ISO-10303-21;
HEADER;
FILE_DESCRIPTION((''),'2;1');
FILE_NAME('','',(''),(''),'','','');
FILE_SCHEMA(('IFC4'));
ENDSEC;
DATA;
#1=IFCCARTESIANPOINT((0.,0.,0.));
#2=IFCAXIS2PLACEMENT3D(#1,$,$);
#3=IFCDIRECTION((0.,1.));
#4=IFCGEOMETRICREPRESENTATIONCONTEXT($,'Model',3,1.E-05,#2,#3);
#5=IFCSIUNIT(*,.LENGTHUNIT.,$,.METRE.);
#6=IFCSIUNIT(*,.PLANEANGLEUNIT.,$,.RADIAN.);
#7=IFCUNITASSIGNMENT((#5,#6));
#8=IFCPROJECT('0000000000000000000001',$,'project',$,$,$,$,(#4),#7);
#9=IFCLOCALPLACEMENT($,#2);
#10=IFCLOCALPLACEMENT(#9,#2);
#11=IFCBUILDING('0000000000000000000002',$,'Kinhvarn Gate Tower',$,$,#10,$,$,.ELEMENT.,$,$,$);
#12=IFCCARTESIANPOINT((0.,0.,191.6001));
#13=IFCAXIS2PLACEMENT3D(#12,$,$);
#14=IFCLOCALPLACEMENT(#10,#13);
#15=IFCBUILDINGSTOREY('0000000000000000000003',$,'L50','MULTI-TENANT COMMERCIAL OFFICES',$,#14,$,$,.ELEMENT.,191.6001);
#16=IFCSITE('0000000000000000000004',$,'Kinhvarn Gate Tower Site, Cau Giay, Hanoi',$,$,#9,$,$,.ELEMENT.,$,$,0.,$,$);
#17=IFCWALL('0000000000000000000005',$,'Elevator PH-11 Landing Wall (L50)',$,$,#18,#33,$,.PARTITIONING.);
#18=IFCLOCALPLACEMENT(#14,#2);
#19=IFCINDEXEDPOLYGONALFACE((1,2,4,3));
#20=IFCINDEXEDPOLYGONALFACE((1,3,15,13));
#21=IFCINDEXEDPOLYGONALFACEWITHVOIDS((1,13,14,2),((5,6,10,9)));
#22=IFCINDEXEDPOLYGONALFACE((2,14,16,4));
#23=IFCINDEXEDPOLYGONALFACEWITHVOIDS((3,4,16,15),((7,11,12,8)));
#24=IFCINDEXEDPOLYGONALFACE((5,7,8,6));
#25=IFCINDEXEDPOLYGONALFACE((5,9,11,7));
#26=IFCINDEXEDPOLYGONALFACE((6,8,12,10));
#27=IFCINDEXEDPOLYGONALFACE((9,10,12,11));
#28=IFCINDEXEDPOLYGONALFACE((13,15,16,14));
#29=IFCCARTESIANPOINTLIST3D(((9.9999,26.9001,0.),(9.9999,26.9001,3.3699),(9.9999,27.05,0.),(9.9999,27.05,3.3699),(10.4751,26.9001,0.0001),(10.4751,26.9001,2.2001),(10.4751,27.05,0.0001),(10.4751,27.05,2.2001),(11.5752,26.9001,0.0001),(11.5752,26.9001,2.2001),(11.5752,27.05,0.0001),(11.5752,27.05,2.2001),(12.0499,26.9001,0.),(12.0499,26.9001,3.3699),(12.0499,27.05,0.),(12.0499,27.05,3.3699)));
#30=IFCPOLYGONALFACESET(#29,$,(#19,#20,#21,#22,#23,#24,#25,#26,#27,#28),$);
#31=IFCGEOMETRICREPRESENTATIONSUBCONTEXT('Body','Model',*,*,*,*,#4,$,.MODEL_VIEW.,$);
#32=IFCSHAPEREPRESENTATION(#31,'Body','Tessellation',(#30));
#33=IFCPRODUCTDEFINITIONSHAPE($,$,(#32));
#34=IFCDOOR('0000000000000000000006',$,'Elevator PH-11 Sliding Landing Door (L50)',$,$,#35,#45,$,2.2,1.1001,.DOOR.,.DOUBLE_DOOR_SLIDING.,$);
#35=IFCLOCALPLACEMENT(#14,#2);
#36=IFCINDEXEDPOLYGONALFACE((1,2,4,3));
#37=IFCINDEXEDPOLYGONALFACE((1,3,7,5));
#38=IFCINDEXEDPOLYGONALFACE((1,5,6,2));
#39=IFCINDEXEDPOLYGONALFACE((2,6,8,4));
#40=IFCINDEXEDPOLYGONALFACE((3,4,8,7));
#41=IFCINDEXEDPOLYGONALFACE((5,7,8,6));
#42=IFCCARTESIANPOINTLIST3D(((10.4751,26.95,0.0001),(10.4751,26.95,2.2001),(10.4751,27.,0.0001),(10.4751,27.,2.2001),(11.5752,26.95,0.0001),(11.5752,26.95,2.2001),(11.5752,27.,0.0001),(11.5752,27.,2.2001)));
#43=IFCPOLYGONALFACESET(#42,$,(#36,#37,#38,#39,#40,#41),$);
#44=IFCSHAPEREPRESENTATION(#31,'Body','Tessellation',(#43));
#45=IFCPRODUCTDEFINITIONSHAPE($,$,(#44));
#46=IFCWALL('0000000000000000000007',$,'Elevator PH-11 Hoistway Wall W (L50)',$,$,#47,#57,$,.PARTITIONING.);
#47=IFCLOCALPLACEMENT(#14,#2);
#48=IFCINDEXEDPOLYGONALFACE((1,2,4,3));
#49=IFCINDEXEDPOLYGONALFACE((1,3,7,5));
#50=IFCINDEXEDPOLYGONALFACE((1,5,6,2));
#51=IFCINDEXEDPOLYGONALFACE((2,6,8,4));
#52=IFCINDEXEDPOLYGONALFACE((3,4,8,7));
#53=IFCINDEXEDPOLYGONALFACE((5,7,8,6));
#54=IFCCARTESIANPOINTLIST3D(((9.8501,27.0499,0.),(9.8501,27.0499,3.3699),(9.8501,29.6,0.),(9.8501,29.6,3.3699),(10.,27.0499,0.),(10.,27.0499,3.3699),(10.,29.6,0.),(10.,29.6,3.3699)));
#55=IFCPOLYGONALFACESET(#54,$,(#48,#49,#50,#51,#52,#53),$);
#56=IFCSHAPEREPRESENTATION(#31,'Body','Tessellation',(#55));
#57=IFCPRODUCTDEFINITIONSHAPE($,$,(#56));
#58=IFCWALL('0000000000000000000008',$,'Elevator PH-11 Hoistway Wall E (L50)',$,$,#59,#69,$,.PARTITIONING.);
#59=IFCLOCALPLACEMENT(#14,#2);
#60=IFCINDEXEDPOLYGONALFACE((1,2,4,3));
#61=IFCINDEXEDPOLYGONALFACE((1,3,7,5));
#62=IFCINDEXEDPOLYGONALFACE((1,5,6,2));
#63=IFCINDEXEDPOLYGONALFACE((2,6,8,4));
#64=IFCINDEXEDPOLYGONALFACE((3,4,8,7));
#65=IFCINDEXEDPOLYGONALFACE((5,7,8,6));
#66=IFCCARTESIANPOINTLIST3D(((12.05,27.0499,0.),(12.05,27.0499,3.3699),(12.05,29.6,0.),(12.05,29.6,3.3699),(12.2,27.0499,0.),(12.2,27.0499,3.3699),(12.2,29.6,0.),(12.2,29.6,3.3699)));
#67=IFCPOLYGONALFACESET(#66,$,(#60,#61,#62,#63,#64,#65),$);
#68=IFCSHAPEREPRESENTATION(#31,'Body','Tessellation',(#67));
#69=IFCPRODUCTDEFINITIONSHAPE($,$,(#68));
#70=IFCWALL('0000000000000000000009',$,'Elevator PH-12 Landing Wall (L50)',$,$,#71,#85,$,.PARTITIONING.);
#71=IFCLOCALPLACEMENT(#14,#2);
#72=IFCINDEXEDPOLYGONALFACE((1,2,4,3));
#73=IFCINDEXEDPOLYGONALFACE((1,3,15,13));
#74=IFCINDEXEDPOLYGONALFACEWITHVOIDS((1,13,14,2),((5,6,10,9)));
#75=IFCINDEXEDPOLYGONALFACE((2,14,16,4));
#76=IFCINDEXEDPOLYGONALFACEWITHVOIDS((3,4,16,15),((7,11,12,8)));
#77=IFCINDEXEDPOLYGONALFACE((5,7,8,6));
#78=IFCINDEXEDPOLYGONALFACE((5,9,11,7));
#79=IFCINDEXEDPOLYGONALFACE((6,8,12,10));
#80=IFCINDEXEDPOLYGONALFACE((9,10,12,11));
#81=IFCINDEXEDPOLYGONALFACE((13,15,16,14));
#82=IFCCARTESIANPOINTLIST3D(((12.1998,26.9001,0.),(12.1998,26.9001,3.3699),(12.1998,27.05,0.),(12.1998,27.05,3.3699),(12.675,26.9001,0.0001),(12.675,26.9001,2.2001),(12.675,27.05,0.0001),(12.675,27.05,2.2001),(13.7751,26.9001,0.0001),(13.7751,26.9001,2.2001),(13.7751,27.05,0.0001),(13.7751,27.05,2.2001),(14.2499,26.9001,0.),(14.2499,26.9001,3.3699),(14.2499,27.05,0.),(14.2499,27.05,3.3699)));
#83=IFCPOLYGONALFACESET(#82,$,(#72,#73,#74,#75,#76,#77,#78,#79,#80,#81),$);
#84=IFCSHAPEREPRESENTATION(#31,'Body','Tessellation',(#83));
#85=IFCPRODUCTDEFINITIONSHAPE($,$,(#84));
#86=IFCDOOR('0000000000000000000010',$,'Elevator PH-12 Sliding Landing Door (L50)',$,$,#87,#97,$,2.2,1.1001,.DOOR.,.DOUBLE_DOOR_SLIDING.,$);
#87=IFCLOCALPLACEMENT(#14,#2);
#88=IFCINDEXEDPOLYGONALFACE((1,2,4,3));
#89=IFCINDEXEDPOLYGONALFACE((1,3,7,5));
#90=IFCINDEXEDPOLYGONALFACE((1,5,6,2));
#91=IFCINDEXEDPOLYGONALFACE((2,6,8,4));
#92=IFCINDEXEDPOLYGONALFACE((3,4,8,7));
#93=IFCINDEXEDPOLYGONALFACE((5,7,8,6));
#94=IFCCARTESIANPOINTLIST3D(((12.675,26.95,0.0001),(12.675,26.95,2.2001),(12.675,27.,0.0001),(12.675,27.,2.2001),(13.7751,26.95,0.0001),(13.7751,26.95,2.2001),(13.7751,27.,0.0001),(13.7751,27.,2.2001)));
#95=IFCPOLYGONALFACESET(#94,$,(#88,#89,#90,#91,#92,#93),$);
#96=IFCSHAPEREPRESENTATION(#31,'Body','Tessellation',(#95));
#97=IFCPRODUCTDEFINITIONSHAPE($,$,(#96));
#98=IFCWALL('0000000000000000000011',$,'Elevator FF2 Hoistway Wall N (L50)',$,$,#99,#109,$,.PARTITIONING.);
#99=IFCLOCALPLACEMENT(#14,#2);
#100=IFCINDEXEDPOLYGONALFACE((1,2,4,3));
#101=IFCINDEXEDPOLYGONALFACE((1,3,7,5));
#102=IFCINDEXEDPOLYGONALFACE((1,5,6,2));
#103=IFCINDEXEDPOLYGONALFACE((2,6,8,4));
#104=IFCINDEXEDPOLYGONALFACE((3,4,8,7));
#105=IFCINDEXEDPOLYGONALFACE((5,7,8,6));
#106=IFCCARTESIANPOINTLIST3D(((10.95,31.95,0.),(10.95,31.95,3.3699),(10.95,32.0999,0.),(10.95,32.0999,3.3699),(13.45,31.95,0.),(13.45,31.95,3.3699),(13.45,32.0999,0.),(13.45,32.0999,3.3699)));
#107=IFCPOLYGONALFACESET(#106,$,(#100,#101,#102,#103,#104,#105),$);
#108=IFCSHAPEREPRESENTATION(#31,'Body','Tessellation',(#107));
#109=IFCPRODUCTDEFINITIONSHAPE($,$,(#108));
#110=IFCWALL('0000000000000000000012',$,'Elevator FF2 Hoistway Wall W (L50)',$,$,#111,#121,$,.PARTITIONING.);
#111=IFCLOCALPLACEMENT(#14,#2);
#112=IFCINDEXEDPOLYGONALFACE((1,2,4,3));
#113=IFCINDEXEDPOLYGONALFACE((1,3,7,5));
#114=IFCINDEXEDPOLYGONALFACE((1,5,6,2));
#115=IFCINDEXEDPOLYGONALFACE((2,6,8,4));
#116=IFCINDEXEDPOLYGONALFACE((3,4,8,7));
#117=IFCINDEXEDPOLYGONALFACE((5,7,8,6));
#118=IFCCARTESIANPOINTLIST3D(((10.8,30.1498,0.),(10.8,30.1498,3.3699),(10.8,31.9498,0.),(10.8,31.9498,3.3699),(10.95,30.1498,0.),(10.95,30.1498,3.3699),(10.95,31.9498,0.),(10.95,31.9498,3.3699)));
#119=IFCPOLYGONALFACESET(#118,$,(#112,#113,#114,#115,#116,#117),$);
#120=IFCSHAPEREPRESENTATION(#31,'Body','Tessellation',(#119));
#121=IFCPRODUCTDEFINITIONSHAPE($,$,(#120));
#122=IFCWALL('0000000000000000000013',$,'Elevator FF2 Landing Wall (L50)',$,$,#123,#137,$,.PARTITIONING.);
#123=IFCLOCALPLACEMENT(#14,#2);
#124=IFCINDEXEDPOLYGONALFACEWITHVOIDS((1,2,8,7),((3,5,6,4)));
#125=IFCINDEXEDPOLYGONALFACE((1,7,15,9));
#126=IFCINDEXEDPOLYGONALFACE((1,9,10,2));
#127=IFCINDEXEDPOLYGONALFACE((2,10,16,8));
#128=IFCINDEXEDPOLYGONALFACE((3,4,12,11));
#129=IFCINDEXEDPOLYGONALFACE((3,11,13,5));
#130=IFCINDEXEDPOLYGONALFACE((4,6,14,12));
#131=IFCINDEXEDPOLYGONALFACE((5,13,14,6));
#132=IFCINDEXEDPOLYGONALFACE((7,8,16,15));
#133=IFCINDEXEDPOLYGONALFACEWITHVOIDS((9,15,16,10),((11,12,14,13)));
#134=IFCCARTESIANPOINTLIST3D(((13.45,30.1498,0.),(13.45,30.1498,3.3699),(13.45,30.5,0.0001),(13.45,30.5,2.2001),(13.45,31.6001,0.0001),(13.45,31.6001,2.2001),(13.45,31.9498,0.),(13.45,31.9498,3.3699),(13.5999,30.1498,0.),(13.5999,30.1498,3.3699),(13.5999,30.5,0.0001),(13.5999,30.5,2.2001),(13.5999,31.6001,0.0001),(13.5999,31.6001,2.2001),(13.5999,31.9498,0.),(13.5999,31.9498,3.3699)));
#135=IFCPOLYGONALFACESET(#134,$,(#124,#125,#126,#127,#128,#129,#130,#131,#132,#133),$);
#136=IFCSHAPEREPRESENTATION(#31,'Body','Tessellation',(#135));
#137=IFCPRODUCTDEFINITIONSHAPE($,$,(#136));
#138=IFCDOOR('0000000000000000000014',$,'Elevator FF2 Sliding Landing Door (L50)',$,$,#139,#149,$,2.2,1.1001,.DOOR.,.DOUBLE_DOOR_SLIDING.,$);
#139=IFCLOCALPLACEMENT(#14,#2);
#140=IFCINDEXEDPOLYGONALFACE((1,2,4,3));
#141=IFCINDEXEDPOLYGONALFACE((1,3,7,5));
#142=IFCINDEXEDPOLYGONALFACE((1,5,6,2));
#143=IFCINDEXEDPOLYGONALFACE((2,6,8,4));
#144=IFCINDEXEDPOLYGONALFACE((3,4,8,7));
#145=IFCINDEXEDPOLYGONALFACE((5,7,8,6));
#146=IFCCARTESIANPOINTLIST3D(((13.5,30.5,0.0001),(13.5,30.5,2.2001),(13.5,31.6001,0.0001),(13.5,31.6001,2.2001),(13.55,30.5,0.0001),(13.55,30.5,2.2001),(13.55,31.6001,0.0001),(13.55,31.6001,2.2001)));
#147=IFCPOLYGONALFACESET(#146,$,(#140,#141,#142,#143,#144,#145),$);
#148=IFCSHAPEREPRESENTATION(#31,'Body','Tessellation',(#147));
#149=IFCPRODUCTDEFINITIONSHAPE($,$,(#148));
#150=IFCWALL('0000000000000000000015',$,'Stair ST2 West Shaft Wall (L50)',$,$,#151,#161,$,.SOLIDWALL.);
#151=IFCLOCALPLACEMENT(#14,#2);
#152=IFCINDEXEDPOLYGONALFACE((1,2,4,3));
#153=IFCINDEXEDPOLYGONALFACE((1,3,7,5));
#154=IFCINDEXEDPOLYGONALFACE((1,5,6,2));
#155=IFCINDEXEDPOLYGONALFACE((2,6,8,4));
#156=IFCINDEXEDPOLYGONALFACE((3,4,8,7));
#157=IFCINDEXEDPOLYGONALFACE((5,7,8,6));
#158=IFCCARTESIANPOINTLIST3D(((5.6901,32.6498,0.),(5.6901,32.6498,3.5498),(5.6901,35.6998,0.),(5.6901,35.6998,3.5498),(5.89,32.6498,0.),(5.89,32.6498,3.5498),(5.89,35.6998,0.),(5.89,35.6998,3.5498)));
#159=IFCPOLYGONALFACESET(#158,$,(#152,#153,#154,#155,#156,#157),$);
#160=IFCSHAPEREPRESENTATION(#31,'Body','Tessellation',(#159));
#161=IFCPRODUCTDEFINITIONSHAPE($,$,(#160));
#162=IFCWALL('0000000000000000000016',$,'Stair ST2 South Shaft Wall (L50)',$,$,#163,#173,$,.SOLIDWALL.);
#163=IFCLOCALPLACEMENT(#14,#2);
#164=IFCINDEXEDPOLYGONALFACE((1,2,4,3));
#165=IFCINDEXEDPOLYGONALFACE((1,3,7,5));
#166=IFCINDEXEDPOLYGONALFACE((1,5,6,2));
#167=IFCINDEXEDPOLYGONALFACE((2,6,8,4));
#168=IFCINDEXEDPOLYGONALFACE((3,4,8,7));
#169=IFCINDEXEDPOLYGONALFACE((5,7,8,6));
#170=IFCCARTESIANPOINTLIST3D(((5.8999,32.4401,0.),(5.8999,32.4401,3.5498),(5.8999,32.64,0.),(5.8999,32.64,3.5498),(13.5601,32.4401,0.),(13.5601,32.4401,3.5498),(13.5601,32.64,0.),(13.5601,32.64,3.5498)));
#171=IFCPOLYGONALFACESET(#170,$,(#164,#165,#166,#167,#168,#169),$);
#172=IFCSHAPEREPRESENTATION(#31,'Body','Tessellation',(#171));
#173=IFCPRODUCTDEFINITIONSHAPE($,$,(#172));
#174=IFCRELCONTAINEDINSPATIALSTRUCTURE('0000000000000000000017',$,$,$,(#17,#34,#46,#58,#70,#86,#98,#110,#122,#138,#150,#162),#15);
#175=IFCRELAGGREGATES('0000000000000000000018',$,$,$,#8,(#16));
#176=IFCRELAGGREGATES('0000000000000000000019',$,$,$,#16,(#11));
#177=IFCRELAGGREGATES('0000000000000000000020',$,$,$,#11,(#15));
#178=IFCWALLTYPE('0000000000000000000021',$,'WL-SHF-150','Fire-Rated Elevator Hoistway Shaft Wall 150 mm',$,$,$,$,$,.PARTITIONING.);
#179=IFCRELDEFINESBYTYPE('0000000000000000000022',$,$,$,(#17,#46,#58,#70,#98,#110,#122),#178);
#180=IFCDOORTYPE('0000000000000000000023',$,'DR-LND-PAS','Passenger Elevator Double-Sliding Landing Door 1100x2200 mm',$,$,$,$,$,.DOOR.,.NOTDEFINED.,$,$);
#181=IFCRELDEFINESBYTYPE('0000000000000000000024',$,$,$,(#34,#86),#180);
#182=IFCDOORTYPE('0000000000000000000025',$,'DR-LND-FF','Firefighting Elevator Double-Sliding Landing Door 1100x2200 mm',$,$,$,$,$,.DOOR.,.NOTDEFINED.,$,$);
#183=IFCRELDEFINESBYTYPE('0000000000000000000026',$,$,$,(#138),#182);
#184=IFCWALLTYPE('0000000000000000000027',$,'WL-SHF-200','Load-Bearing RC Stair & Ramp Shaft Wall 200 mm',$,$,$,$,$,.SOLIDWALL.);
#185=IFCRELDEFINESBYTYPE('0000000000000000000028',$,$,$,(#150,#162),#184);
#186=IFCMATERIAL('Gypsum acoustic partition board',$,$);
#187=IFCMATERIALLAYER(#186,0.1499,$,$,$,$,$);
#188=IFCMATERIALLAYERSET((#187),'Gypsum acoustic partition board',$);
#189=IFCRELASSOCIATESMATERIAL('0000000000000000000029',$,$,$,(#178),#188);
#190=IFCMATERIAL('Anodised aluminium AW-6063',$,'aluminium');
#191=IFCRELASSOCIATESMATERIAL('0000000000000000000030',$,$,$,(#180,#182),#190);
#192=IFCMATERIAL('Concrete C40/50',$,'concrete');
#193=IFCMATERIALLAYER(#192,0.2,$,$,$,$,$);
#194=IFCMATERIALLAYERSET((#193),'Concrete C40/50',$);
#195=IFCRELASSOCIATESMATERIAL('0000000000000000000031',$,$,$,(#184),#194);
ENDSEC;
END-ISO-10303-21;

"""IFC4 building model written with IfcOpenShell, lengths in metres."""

from ifc_helpers import new_model, si_unit, direction, frame, frame_2d, origin, place, context, subcontext, project, spatial, rectangle, extrude, material, layer, layer_set, type_object, element, fill, save


model = new_model("IFC4")

# Units and contexts
model_context = context("Model", 3, precision=1e-05, world=origin(), true_north=direction((0.0, 1.0)))
body_context = subcontext(model_context, "Body", "Model", "MODEL_VIEW")
ifc_project = project(units=[si_unit("LENGTHUNIT", "METRE"), si_unit("PLANEANGLEUNIT", "RADIAN")], contexts=[model_context])

# Site, building, storey
site_placement = place(None, origin())
site = spatial("IfcSite", under=ifc_project, at=site_placement, Name="Kinhvarn Gate Tower Site, Cau Giay, Hanoi", CompositionType="ELEMENT", RefElevation=0.0)
building_placement = place(site_placement, origin())
building = spatial("IfcBuilding", under=site, at=building_placement, Name="Kinhvarn Gate Tower", CompositionType="ELEMENT")
storey_placement = place(building_placement, frame((0.0, 0.0, 191.6001)))
storey = spatial("IfcBuildingStorey", under=building, at=storey_placement, Name="L50", Description="MULTI-TENANT COMMERCIAL OFFICES", CompositionType="ELEMENT", Elevation=191.6001)

# Shared definitions
ifc_material_1 = material(Name="Gypsum acoustic partition board")

# Shared definitions
ifc_material_2 = material(Name="Anodised aluminium AW-6063", Category="aluminium")

# Wall, opening, door
ifc_layer_1 = layer(ifc_material_1, 0.1499)
ifc_layer_set_1 = layer_set([ifc_layer_1], Name="Gypsum acoustic partition board")
wall_type_1 = type_object("IfcWallType", Name="WL-SHF-150", Description="Fire-Rated Elevator Hoistway Shaft Wall 150 mm", PredefinedType="PARTITIONING", material=ifc_layer_set_1)
door_type_1 = type_object("IfcDoorType", Name="DR-LND-PAS", Description="Passenger Elevator Double-Sliding Landing Door 1100x2200 mm", OperationType="NOTDEFINED", PredefinedType="DOOR", material=ifc_material_2)
wall_1_placement = place(storey_placement, frame((10.0, 26.9751, 0.0), z_axis=(0.0, 0.0, 1.0), x_axis=(1.0, 0.0, 0.0)))
wall_1 = element("IfcWall", 1, at=wall_1_placement, inside=storey, type_object=wall_type_1, Name="Elevator PH-11 Landing Wall (L50)", PredefinedType="PARTITIONING", context=body_context, shape_type="SweptSolid", body=[
    extrude(rectangle(XDim=2.05, YDim=0.1499, at=frame_2d((1.0249, 0.0))), origin(), (0.0, 0.0, 1.0), 3.3699),
])
opening_1_placement = place(wall_1_placement, frame((0.4751, 0.0, 0.0)))
opening_1 = element("IfcOpeningElement", 2, at=opening_1_placement, cuts=wall_1, PredefinedType="OPENING", context=body_context, shape_type="SweptSolid", body=[
    extrude(rectangle(XDim=1.1001, YDim=2.2, at=frame_2d((0.55, 1.1001))), frame((0.0, 0.085, 0.0), z_axis=(0.0, -1.0, 0.0), x_axis=(1.0, 0.0, 0.0)), (0.0, 0.0, 1.0), 0.1699),
])
door_1_placement = place(opening_1_placement, origin())
door_1 = element("IfcDoor", 3, at=door_1_placement, inside=storey, type_object=door_type_1, Name="Elevator PH-11 Sliding Landing Door (L50)", OperationType="DOUBLE_DOOR_SLIDING", OverallHeight=2.2, OverallWidth=1.1001, PredefinedType="DOOR", context=body_context, shape_type="SweptSolid", body=[
    extrude(rectangle(XDim=1.1001, YDim=2.2, at=frame_2d((0.55, 1.1001))), frame((0.0, 0.0249, 0.0), z_axis=(0.0, -1.0, 0.0), x_axis=(1.0, 0.0, 0.0)), (0.0, 0.0, 1.0), 0.05),
])
fill(opening_1, door_1)

# Walls
for number, where, z_axis, x_axis, name in (
    (4, (9.925, 27.05, 0.0), (0.0, 0.0, 1.0), (0.0, 1.0, 0.0), "Elevator PH-11 Hoistway Wall W (L50)"),
    (5, (12.125, 27.05, 0.0), (0.0, 0.0, 1.0), (0.0, 1.0, 0.0), "Elevator PH-11 Hoistway Wall E (L50)"),
):
    element("IfcWall", number, at=place(storey_placement, frame(where, z_axis=z_axis, x_axis=x_axis)), inside=storey, type_object=wall_type_1, Name=name, PredefinedType="PARTITIONING", context=body_context, shape_type="SweptSolid", body=[
        extrude(rectangle(XDim=2.55, YDim=0.1499, at=frame_2d((1.2749, 0.0))), origin(), (0.0, 0.0, 1.0), 3.3699),
    ])

# Wall, opening, door
wall_2_placement = place(storey_placement, frame((12.2, 26.9751, 0.0), z_axis=(0.0, 0.0, 1.0), x_axis=(1.0, 0.0, 0.0)))
wall_2 = element("IfcWall", 6, at=wall_2_placement, inside=storey, type_object=wall_type_1, Name="Elevator PH-12 Landing Wall (L50)", PredefinedType="PARTITIONING", context=body_context, shape_type="SweptSolid", body=[
    extrude(rectangle(XDim=2.05, YDim=0.1499, at=frame_2d((1.0249, 0.0))), origin(), (0.0, 0.0, 1.0), 3.3699),
])
opening_2_placement = place(wall_2_placement, frame((0.4751, 0.0, 0.0)))
opening_2 = element("IfcOpeningElement", 7, at=opening_2_placement, cuts=wall_2, PredefinedType="OPENING", context=body_context, shape_type="SweptSolid", body=[
    extrude(rectangle(XDim=1.1001, YDim=2.2, at=frame_2d((0.55, 1.1001))), frame((0.0, 0.085, 0.0), z_axis=(0.0, -1.0, 0.0), x_axis=(1.0, 0.0, 0.0)), (0.0, 0.0, 1.0), 0.1699),
])
door_2_placement = place(opening_2_placement, origin())
door_2 = element("IfcDoor", 8, at=door_2_placement, inside=storey, type_object=door_type_1, Name="Elevator PH-12 Sliding Landing Door (L50)", OperationType="DOUBLE_DOOR_SLIDING", OverallHeight=2.2, OverallWidth=1.1001, PredefinedType="DOOR", context=body_context, shape_type="SweptSolid", body=[
    extrude(rectangle(XDim=1.1001, YDim=2.2, at=frame_2d((0.55, 1.1001))), frame((0.0, 0.0249, 0.0), z_axis=(0.0, -1.0, 0.0), x_axis=(1.0, 0.0, 0.0)), (0.0, 0.0, 1.0), 0.05),
])
fill(opening_2, door_2)

# Walls
wall_3_placement = place(storey_placement, frame((10.95, 32.0249, 0.0), z_axis=(0.0, 0.0, 1.0), x_axis=(1.0, 0.0, 0.0)))
element("IfcWall", 9, at=wall_3_placement, inside=storey, type_object=wall_type_1, Name="Elevator FF2 Hoistway Wall N (L50)", PredefinedType="PARTITIONING", context=body_context, shape_type="SweptSolid", body=[
    extrude(rectangle(XDim=2.5, YDim=0.1499, at=frame_2d((1.25, 0.0))), origin(), (0.0, 0.0, 1.0), 3.3699),
])
wall_4_placement = place(storey_placement, frame((10.875, 30.1499, 0.0), z_axis=(0.0, 0.0, 1.0), x_axis=(0.0, 1.0, 0.0)))
element("IfcWall", 10, at=wall_4_placement, inside=storey, type_object=wall_type_1, Name="Elevator FF2 Hoistway Wall W (L50)", PredefinedType="PARTITIONING", context=body_context, shape_type="SweptSolid", body=[
    extrude(rectangle(XDim=1.8, YDim=0.1499, at=frame_2d((0.8999, 0.0))), origin(), (0.0, 0.0, 1.0), 3.3699),
])

# Wall, opening, door
wall_5_placement = place(storey_placement, frame((13.5249, 30.1499, 0.0), z_axis=(0.0, 0.0, 1.0), x_axis=(0.0, 1.0, 0.0)))
wall_5 = element("IfcWall", 11, at=wall_5_placement, inside=storey, type_object=wall_type_1, Name="Elevator FF2 Landing Wall (L50)", PredefinedType="PARTITIONING", context=body_context, shape_type="SweptSolid", body=[
    extrude(rectangle(XDim=1.8, YDim=0.1499, at=frame_2d((0.8999, 0.0))), origin(), (0.0, 0.0, 1.0), 3.3699),
])
opening_3_placement = place(wall_5_placement, frame((0.3501, 0.0, 0.0)))
opening_3 = element("IfcOpeningElement", 12, at=opening_3_placement, cuts=wall_5, PredefinedType="OPENING", context=body_context, shape_type="SweptSolid", body=[
    extrude(rectangle(XDim=1.1001, YDim=2.2, at=frame_2d((0.55, 1.1001))), frame((0.0, 0.085, 0.0), z_axis=(0.0, -1.0, 0.0), x_axis=(1.0, 0.0, 0.0)), (0.0, 0.0, 1.0), 0.1699),
])
door_type_2 = type_object("IfcDoorType", Name="DR-LND-FF", Description="Firefighting Elevator Double-Sliding Landing Door 1100x2200 mm", OperationType="NOTDEFINED", PredefinedType="DOOR", material=ifc_material_2)
door_3_placement = place(opening_3_placement, origin())
door_3 = element("IfcDoor", 13, at=door_3_placement, inside=storey, type_object=door_type_2, Name="Elevator FF2 Sliding Landing Door (L50)", OperationType="DOUBLE_DOOR_SLIDING", OverallHeight=2.2, OverallWidth=1.1001, PredefinedType="DOOR", context=body_context, shape_type="SweptSolid", body=[
    extrude(rectangle(XDim=1.1001, YDim=2.2, at=frame_2d((0.55, 1.1001))), frame((0.0, 0.0249, 0.0), z_axis=(0.0, -1.0, 0.0), x_axis=(1.0, 0.0, 0.0)), (0.0, 0.0, 1.0), 0.05),
])
fill(opening_3, door_3)

# Walls
ifc_material_3 = material(Name="Concrete C40/50", Category="concrete")
ifc_layer_2 = layer(ifc_material_3, 0.2)
ifc_layer_set_2 = layer_set([ifc_layer_2], Name="Concrete C40/50")
wall_type_2 = type_object("IfcWallType", Name="WL-SHF-200", Description="Load-Bearing RC Stair & Ramp Shaft Wall 200 mm", PredefinedType="SOLIDWALL", material=ifc_layer_set_2)
wall_6_placement = place(storey_placement, frame((5.79, 32.6499, 0.0), z_axis=(0.0, 0.0, 1.0), x_axis=(0.0, 1.0, 0.0)))
element("IfcWall", 14, at=wall_6_placement, inside=storey, type_object=wall_type_2, Name="Stair ST2 West Shaft Wall (L50)", PredefinedType="SOLIDWALL", context=body_context, shape_type="SweptSolid", body=[
    extrude(rectangle(XDim=3.05, YDim=0.2, at=frame_2d((1.5249, 0.0))), origin(), (0.0, 0.0, 1.0), 3.5498),
])
wall_7_placement = place(storey_placement, frame((5.8999, 32.54, 0.0), z_axis=(0.0, 0.0, 1.0), x_axis=(1.0, 0.0, 0.0)))
element("IfcWall", 15, at=wall_7_placement, inside=storey, type_object=wall_type_2, Name="Stair ST2 South Shaft Wall (L50)", PredefinedType="SOLIDWALL", context=body_context, shape_type="SweptSolid", body=[
    extrude(rectangle(XDim=7.6602, YDim=0.2, at=frame_2d((3.8301, 0.0))), origin(), (0.0, 0.0, 1.0), 3.5498),
])

save(model, "model.ifc")
